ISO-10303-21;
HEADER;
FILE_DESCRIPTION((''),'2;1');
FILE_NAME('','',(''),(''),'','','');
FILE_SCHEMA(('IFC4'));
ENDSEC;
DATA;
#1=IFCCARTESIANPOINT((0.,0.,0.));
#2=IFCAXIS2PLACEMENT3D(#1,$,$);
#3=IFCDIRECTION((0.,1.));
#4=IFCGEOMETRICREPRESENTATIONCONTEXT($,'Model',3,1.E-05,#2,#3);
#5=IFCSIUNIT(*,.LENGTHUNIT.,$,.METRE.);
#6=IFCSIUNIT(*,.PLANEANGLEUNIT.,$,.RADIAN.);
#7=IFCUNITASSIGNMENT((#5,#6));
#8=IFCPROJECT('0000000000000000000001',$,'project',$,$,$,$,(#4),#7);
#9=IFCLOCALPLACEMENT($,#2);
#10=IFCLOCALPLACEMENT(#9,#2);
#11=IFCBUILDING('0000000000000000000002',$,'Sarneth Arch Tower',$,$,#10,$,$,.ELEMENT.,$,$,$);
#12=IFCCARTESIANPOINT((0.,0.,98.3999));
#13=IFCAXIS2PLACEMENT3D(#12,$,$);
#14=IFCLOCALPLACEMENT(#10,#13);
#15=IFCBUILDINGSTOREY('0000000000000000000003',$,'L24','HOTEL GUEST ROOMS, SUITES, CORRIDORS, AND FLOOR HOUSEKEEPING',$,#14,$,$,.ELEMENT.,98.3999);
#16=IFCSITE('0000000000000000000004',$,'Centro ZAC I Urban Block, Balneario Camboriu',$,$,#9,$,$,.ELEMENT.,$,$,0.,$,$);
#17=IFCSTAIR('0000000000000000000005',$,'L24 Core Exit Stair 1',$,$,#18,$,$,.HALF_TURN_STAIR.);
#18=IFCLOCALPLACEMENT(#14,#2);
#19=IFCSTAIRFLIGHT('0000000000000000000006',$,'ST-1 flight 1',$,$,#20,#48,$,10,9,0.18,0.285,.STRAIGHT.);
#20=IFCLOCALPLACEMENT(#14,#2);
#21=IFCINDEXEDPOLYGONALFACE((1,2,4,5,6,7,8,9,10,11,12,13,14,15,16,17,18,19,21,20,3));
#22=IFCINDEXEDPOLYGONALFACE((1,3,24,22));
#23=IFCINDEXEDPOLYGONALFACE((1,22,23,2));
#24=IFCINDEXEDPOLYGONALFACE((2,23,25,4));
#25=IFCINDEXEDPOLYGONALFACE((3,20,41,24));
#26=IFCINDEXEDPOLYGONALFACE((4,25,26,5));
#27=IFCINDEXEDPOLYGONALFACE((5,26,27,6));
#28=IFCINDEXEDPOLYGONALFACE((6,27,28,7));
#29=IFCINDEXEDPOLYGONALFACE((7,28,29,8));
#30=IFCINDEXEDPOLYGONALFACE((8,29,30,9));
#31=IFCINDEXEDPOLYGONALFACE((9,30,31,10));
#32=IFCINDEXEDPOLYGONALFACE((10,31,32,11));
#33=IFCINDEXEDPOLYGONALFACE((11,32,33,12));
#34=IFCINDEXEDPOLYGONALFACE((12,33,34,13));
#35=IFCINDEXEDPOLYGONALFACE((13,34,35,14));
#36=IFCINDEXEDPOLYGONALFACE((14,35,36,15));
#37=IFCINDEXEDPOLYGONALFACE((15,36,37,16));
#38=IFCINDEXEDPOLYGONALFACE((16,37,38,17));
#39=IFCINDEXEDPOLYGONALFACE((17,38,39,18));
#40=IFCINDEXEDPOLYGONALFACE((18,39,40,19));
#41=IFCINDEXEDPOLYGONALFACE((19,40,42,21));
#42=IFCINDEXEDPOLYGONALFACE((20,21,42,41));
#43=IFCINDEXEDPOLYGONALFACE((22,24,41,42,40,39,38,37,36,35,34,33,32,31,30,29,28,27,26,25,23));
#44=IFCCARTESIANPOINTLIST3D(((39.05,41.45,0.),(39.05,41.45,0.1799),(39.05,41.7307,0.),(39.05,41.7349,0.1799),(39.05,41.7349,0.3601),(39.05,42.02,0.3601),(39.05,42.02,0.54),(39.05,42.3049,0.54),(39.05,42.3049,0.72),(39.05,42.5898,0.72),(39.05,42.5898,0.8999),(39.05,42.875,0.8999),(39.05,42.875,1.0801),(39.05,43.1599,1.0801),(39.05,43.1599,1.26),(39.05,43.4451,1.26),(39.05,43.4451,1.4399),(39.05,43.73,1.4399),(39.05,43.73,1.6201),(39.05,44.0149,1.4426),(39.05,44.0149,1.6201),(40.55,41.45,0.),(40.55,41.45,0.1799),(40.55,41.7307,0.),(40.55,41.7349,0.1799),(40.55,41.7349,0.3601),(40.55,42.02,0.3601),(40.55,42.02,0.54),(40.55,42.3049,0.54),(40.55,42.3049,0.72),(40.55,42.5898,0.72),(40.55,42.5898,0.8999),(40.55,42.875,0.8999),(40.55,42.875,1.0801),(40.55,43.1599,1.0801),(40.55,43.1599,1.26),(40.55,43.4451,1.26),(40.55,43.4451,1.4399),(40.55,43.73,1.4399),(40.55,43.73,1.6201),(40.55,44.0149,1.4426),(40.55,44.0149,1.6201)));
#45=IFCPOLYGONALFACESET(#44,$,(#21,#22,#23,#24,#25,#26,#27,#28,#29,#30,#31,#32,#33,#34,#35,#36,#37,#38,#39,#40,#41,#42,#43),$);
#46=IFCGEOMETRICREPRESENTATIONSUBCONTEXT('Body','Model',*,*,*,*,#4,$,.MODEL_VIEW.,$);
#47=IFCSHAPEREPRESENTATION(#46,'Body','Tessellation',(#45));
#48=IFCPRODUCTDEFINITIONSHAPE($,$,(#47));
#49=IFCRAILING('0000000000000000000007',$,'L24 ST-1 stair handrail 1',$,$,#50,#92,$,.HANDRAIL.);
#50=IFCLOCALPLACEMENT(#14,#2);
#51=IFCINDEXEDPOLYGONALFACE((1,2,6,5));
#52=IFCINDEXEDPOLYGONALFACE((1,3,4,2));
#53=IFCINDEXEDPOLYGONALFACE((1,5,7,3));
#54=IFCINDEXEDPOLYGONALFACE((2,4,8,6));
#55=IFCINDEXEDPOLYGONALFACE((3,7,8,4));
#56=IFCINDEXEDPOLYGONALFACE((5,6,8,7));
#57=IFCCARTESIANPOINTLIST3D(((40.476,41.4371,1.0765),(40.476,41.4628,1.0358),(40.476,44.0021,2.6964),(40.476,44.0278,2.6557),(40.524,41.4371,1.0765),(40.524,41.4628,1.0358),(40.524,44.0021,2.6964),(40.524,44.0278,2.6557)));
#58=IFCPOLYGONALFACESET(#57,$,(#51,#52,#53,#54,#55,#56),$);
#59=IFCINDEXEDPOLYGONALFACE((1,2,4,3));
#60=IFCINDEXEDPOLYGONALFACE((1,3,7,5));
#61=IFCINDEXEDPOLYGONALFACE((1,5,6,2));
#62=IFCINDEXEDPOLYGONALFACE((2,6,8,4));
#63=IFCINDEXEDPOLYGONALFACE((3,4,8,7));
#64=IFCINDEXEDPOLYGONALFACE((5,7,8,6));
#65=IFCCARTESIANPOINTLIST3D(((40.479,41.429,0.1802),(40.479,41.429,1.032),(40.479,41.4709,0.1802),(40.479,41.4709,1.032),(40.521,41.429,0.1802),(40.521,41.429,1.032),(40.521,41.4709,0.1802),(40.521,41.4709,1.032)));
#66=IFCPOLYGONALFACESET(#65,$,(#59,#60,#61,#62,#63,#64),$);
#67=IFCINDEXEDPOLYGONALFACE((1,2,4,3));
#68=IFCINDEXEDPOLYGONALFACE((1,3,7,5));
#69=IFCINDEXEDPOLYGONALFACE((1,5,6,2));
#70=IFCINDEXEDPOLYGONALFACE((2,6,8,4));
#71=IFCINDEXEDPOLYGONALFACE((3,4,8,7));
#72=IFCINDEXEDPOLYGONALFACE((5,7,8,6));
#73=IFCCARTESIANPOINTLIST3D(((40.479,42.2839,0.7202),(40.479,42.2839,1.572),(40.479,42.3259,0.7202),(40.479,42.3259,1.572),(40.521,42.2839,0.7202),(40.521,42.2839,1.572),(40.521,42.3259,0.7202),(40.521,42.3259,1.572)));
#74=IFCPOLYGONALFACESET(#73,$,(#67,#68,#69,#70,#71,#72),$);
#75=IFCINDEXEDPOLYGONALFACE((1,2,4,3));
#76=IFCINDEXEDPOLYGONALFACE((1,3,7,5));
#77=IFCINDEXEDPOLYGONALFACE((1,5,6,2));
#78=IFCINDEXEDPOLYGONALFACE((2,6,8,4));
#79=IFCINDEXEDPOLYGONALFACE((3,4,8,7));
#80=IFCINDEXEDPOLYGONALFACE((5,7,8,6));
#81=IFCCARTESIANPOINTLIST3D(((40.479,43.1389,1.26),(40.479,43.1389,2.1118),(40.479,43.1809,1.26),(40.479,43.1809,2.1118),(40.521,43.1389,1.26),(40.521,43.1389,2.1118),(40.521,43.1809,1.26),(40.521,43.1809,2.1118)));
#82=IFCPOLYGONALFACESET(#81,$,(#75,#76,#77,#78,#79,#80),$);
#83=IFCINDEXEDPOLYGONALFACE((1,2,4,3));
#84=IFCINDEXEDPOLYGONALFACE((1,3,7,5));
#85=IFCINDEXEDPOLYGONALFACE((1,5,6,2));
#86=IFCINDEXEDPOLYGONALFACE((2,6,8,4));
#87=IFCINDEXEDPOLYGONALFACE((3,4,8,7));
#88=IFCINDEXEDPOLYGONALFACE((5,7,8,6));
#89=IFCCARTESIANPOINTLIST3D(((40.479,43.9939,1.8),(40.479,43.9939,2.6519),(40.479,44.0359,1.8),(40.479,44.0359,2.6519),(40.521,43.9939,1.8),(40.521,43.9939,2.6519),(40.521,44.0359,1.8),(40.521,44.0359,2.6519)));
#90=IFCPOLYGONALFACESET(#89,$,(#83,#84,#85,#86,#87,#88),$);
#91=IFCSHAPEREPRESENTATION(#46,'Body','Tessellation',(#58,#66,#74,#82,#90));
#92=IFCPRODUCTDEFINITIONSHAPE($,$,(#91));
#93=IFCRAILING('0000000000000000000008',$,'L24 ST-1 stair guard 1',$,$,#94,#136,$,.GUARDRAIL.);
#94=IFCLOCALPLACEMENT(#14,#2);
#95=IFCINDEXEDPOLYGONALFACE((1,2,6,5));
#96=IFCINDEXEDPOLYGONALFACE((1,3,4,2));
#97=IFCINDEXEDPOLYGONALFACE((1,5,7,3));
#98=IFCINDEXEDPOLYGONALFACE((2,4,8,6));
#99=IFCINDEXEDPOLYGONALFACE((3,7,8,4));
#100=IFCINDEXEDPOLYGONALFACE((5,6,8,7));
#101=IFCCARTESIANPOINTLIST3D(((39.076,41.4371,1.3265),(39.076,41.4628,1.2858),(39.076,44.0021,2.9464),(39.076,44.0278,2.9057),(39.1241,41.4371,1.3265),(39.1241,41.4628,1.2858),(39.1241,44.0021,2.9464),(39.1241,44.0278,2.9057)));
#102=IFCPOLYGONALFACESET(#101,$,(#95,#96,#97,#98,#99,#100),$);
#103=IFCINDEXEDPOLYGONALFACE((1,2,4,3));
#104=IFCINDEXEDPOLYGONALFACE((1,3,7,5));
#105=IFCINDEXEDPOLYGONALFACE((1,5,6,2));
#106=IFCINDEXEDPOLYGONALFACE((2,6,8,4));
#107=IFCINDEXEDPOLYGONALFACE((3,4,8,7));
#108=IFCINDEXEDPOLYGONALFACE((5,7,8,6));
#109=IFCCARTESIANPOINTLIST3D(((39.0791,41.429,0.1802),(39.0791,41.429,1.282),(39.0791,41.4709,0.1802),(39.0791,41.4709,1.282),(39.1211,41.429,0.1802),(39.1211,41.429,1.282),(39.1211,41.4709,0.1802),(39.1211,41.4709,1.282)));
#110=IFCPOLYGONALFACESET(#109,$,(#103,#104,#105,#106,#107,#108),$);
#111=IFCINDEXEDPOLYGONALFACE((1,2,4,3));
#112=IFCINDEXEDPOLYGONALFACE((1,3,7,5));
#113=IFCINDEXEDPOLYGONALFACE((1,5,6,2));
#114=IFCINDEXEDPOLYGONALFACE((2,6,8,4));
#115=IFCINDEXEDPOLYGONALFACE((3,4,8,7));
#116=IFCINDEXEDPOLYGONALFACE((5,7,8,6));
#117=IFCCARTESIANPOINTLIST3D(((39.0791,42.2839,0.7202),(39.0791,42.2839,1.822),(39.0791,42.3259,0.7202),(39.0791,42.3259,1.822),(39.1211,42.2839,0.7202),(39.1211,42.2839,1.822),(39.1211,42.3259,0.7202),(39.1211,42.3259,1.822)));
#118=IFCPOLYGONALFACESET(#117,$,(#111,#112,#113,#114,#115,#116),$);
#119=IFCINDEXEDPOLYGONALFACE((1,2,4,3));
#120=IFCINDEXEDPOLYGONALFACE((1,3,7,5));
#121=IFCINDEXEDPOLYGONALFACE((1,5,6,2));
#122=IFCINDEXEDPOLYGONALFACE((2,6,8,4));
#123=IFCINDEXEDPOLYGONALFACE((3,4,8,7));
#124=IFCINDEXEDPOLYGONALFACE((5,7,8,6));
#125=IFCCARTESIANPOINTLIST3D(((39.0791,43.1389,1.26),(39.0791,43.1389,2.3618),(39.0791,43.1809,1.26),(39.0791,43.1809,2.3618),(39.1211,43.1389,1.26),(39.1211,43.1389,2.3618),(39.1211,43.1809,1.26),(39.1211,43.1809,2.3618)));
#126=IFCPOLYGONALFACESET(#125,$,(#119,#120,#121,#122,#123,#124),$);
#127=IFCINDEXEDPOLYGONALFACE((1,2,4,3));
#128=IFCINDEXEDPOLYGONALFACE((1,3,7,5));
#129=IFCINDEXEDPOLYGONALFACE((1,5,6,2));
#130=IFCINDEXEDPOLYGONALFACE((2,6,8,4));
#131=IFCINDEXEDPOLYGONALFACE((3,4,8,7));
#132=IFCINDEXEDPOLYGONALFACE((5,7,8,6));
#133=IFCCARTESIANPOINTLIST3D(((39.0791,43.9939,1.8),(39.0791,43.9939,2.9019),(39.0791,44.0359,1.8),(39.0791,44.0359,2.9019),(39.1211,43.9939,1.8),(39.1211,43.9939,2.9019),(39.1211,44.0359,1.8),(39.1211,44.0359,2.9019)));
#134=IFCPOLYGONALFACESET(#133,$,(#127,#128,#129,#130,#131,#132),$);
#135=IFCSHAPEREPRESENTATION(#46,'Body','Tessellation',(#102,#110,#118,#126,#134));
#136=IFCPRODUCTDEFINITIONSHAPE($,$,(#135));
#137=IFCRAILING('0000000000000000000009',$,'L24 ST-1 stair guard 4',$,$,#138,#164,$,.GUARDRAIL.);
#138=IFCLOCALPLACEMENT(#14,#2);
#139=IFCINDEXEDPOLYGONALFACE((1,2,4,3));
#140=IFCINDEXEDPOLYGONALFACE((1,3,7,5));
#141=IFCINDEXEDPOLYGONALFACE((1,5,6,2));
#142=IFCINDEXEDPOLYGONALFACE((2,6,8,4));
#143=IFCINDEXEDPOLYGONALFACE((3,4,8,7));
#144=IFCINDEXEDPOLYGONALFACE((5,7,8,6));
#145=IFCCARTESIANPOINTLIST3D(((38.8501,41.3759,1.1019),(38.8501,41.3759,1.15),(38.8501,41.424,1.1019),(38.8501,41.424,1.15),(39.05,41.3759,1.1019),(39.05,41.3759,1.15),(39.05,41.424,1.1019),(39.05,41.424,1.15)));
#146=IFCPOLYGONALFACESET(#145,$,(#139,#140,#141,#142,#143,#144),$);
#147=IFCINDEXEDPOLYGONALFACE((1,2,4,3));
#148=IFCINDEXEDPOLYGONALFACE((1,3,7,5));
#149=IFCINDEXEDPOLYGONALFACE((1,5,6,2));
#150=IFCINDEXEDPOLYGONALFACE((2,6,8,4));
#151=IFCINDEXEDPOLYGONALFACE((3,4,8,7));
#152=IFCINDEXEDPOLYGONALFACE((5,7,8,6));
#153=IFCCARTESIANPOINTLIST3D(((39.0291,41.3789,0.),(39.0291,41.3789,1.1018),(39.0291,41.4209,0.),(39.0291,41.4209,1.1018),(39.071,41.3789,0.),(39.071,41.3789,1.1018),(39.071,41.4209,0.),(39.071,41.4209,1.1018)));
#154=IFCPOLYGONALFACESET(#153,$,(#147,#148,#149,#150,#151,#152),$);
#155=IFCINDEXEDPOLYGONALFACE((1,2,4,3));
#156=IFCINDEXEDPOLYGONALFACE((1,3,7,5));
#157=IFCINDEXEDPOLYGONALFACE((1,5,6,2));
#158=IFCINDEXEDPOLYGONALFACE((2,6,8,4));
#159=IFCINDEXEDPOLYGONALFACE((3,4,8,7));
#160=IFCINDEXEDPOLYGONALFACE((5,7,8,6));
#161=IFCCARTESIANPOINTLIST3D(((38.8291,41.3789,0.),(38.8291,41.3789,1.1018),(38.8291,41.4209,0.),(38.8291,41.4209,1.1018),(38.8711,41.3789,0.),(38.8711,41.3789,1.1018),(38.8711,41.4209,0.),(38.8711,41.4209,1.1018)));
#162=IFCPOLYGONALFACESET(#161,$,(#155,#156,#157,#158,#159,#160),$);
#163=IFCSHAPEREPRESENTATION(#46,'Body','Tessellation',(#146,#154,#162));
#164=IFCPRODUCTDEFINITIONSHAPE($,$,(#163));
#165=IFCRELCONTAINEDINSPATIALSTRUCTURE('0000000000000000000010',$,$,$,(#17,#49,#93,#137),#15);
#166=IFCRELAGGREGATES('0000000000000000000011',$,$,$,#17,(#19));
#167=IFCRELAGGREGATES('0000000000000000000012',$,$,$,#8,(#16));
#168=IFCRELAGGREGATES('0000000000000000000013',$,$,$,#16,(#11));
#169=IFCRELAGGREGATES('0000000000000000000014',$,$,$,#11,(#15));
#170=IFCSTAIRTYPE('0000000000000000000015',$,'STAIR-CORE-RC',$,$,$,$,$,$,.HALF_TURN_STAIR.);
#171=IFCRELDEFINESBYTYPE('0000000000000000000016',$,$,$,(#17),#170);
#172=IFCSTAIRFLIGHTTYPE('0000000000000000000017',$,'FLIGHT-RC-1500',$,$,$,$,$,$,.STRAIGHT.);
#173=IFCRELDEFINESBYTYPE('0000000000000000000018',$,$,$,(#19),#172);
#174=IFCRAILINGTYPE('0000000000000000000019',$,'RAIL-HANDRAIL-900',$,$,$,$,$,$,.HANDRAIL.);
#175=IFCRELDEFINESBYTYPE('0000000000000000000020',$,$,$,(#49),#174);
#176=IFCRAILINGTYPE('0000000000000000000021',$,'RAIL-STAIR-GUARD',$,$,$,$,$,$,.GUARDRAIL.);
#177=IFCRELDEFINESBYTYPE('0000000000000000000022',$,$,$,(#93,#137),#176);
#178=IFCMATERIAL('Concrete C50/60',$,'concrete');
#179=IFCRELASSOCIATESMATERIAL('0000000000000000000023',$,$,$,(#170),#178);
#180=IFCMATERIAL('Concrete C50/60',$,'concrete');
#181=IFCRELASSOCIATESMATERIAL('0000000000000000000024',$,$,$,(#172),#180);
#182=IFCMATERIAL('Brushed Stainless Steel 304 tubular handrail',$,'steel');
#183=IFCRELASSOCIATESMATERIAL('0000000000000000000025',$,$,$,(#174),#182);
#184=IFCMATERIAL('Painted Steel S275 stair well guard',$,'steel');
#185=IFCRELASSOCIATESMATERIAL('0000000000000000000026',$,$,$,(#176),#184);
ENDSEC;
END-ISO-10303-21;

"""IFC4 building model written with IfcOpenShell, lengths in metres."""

from ifc_helpers import new_model, si_unit, direction, frame, origin, origin_2d, place, context, subcontext, project, spatial, polyline, rectangle, outline, extrude, material, type_object, element, aggregate, save


model = new_model("IFC4")

# Units and contexts
model_context = context("Model", 3, precision=1e-05, world=origin(), true_north=direction((0.0, 1.0)))
body_context = subcontext(model_context, "Body", "Model", "MODEL_VIEW")
ifc_project = project(units=[si_unit("LENGTHUNIT", "METRE"), si_unit("PLANEANGLEUNIT", "RADIAN")], contexts=[model_context])

# Site, building, storey
site_placement = place(None, origin())
site = spatial("IfcSite", under=ifc_project, at=site_placement, Name="Centro ZAC I Urban Block, Balneario Camboriu", CompositionType="ELEMENT", RefElevation=0.0)
building_placement = place(site_placement, origin())
building = spatial("IfcBuilding", under=site, at=building_placement, Name="Sarneth Arch Tower", CompositionType="ELEMENT")
storey_placement = place(building_placement, frame((0.0, 0.0, 98.3999)))
storey = spatial("IfcBuildingStorey", under=building, at=storey_placement, Name="L24", Description="HOTEL GUEST ROOMS, SUITES, CORRIDORS, AND FLOOR HOUSEKEEPING", CompositionType="ELEMENT", Elevation=98.3999)

# Stair, stair flight
ifc_material_1 = material(Name="Concrete C50/60", Category="concrete")
stair_type = type_object("IfcStairType", Name="STAIR-CORE-RC", PredefinedType="HALF_TURN_STAIR", material=ifc_material_1)
stair_placement = place(storey_placement, origin())
stair = element("IfcStair", 1, at=stair_placement, inside=storey, type_object=stair_type, Name="L24 Core Exit Stair 1", PredefinedType="HALF_TURN_STAIR")
ifc_material_2 = material(Name="Concrete C50/60", Category="concrete")
stair_flight_type = type_object("IfcStairFlightType", Name="FLIGHT-RC-1500", PredefinedType="STRAIGHT", material=ifc_material_2)
stair_flight_placement = place(storey_placement, frame((39.8, 41.45, 0.0), z_axis=(0.0, 0.0, 1.0), x_axis=(0.0, 1.0, 0.0)))
stair_flight = element("IfcStairFlight", 2, at=stair_flight_placement, type_object=stair_flight_type, Name="ST-1 flight 1", NumberOfRisers=10, NumberOfTreads=9, PredefinedType="STRAIGHT", RiserHeight=0.18, TreadLength=0.285, context=body_context, shape_type="SweptSolid", body=[
    extrude(outline(polyline([(0.0, 0.0), (0.0, 0.1799), (0.2849, 0.1799), (0.2849, 0.3601), (0.5701, 0.3601), (0.5701, 0.54), (0.855, 0.54), (0.855, 0.72), (1.1399, 0.72), (1.1399, 0.8999), (1.425, 0.8999), (1.425, 1.0801), (1.71, 1.0801), (1.71, 1.26), (1.9951, 1.26), (1.9951, 1.4399), (2.28, 1.4399), (2.28, 1.6201), (2.5649, 1.6201), (2.5649, 1.8), (2.5649, 1.4426), (0.2808, 0.0), (0.0, 0.0)])), frame((0.0, 0.75, 0.0), z_axis=(0.0, -1.0, 0.0), x_axis=(1.0, 0.0, 0.0)), (0.0, 0.0, 1.0), 1.5),
])
aggregate(stair, [stair_flight])

# Railings
ifc_material_3 = material(Name="Brushed Stainless Steel 304 tubular handrail", Category="steel")
railing_type_1 = type_object("IfcRailingType", Name="RAIL-HANDRAIL-900", PredefinedType="HANDRAIL", material=ifc_material_3)
railing_1_placement = place(storey_placement, frame((40.5, 41.45, 0.1802)))
element("IfcRailing", 3, at=railing_1_placement, inside=storey, type_object=railing_type_1, Name="L24 ST-1 stair handrail 1", PredefinedType="HANDRAIL", context=body_context, shape_type="SweptSolid", body=[
    extrude(rectangle(XDim=0.0481, YDim=0.0481, at=origin_2d()), frame((0.0, 0.0, 0.876), z_axis=(0.0, 0.845502, 0.533972), x_axis=(-1.0, 0.0, 0.0)), (0.0, 0.0, 1.0), 3.0337),
    extrude(rectangle(XDim=0.042, YDim=0.042, at=origin_2d()), origin(), (0.0, 0.0, 1.0), 0.8518),
    extrude(rectangle(XDim=0.042, YDim=0.042, at=origin_2d()), frame((0.0, 0.855, 0.54)), (0.0, 0.0, 1.0), 0.8518),
    extrude(rectangle(XDim=0.042, YDim=0.042, at=origin_2d()), frame((0.0, 1.71, 1.0798)), (0.0, 0.0, 1.0), 0.8518),
    extrude(rectangle(XDim=0.042, YDim=0.042, at=origin_2d()), frame((0.0, 2.5649, 1.6199)), (0.0, 0.0, 1.0), 0.8518),
])
ifc_material_4 = material(Name="Painted Steel S275 stair well guard", Category="steel")
railing_type_2 = type_object("IfcRailingType", Name="RAIL-STAIR-GUARD", PredefinedType="GUARDRAIL", material=ifc_material_4)
railing_2_placement = place(storey_placement, frame((39.1001, 41.45, 0.1802)))
element("IfcRailing", 4, at=railing_2_placement, inside=storey, type_object=railing_type_2, Name="L24 ST-1 stair guard 1", PredefinedType="GUARDRAIL", context=body_context, shape_type="SweptSolid", body=[
    extrude(rectangle(XDim=0.0481, YDim=0.0481, at=origin_2d()), frame((0.0, 0.0, 1.126), z_axis=(0.0, 0.845502, 0.533972), x_axis=(-1.0, 0.0, 0.0)), (0.0, 0.0, 1.0), 3.0337),
    extrude(rectangle(XDim=0.042, YDim=0.042, at=origin_2d()), origin(), (0.0, 0.0, 1.0), 1.1018),
    extrude(rectangle(XDim=0.042, YDim=0.042, at=origin_2d()), frame((0.0, 0.855, 0.54)), (0.0, 0.0, 1.0), 1.1018),
    extrude(rectangle(XDim=0.042, YDim=0.042, at=origin_2d()), frame((0.0, 1.71, 1.0798)), (0.0, 0.0, 1.0), 1.1018),
    extrude(rectangle(XDim=0.042, YDim=0.042, at=origin_2d()), frame((0.0, 2.5649, 1.6199)), (0.0, 0.0, 1.0), 1.1018),
])
railing_3_placement = place(storey_placement, frame((39.05, 41.3999, 0.0)))
element("IfcRailing", 5, at=railing_3_placement, inside=storey, type_object=railing_type_2, Name="L24 ST-1 stair guard 4", PredefinedType="GUARDRAIL", context=body_context, shape_type="SweptSolid", body=[
    extrude(rectangle(XDim=0.0481, YDim=0.0481, at=origin_2d()), frame((0.0, 0.0, 1.126), z_axis=(-1.0, 0.0, 0.0), x_axis=(0.0, -1.0, 0.0)), (0.0, 0.0, 1.0), 0.2),
    extrude(rectangle(XDim=0.042, YDim=0.042, at=origin_2d()), origin(), (0.0, 0.0, 1.0), 1.1018),
    extrude(rectangle(XDim=0.042, YDim=0.042, at=origin_2d()), frame((-0.2, 0.0, 0.0)), (0.0, 0.0, 1.0), 1.1018),
])

save(model, "model.ifc")
